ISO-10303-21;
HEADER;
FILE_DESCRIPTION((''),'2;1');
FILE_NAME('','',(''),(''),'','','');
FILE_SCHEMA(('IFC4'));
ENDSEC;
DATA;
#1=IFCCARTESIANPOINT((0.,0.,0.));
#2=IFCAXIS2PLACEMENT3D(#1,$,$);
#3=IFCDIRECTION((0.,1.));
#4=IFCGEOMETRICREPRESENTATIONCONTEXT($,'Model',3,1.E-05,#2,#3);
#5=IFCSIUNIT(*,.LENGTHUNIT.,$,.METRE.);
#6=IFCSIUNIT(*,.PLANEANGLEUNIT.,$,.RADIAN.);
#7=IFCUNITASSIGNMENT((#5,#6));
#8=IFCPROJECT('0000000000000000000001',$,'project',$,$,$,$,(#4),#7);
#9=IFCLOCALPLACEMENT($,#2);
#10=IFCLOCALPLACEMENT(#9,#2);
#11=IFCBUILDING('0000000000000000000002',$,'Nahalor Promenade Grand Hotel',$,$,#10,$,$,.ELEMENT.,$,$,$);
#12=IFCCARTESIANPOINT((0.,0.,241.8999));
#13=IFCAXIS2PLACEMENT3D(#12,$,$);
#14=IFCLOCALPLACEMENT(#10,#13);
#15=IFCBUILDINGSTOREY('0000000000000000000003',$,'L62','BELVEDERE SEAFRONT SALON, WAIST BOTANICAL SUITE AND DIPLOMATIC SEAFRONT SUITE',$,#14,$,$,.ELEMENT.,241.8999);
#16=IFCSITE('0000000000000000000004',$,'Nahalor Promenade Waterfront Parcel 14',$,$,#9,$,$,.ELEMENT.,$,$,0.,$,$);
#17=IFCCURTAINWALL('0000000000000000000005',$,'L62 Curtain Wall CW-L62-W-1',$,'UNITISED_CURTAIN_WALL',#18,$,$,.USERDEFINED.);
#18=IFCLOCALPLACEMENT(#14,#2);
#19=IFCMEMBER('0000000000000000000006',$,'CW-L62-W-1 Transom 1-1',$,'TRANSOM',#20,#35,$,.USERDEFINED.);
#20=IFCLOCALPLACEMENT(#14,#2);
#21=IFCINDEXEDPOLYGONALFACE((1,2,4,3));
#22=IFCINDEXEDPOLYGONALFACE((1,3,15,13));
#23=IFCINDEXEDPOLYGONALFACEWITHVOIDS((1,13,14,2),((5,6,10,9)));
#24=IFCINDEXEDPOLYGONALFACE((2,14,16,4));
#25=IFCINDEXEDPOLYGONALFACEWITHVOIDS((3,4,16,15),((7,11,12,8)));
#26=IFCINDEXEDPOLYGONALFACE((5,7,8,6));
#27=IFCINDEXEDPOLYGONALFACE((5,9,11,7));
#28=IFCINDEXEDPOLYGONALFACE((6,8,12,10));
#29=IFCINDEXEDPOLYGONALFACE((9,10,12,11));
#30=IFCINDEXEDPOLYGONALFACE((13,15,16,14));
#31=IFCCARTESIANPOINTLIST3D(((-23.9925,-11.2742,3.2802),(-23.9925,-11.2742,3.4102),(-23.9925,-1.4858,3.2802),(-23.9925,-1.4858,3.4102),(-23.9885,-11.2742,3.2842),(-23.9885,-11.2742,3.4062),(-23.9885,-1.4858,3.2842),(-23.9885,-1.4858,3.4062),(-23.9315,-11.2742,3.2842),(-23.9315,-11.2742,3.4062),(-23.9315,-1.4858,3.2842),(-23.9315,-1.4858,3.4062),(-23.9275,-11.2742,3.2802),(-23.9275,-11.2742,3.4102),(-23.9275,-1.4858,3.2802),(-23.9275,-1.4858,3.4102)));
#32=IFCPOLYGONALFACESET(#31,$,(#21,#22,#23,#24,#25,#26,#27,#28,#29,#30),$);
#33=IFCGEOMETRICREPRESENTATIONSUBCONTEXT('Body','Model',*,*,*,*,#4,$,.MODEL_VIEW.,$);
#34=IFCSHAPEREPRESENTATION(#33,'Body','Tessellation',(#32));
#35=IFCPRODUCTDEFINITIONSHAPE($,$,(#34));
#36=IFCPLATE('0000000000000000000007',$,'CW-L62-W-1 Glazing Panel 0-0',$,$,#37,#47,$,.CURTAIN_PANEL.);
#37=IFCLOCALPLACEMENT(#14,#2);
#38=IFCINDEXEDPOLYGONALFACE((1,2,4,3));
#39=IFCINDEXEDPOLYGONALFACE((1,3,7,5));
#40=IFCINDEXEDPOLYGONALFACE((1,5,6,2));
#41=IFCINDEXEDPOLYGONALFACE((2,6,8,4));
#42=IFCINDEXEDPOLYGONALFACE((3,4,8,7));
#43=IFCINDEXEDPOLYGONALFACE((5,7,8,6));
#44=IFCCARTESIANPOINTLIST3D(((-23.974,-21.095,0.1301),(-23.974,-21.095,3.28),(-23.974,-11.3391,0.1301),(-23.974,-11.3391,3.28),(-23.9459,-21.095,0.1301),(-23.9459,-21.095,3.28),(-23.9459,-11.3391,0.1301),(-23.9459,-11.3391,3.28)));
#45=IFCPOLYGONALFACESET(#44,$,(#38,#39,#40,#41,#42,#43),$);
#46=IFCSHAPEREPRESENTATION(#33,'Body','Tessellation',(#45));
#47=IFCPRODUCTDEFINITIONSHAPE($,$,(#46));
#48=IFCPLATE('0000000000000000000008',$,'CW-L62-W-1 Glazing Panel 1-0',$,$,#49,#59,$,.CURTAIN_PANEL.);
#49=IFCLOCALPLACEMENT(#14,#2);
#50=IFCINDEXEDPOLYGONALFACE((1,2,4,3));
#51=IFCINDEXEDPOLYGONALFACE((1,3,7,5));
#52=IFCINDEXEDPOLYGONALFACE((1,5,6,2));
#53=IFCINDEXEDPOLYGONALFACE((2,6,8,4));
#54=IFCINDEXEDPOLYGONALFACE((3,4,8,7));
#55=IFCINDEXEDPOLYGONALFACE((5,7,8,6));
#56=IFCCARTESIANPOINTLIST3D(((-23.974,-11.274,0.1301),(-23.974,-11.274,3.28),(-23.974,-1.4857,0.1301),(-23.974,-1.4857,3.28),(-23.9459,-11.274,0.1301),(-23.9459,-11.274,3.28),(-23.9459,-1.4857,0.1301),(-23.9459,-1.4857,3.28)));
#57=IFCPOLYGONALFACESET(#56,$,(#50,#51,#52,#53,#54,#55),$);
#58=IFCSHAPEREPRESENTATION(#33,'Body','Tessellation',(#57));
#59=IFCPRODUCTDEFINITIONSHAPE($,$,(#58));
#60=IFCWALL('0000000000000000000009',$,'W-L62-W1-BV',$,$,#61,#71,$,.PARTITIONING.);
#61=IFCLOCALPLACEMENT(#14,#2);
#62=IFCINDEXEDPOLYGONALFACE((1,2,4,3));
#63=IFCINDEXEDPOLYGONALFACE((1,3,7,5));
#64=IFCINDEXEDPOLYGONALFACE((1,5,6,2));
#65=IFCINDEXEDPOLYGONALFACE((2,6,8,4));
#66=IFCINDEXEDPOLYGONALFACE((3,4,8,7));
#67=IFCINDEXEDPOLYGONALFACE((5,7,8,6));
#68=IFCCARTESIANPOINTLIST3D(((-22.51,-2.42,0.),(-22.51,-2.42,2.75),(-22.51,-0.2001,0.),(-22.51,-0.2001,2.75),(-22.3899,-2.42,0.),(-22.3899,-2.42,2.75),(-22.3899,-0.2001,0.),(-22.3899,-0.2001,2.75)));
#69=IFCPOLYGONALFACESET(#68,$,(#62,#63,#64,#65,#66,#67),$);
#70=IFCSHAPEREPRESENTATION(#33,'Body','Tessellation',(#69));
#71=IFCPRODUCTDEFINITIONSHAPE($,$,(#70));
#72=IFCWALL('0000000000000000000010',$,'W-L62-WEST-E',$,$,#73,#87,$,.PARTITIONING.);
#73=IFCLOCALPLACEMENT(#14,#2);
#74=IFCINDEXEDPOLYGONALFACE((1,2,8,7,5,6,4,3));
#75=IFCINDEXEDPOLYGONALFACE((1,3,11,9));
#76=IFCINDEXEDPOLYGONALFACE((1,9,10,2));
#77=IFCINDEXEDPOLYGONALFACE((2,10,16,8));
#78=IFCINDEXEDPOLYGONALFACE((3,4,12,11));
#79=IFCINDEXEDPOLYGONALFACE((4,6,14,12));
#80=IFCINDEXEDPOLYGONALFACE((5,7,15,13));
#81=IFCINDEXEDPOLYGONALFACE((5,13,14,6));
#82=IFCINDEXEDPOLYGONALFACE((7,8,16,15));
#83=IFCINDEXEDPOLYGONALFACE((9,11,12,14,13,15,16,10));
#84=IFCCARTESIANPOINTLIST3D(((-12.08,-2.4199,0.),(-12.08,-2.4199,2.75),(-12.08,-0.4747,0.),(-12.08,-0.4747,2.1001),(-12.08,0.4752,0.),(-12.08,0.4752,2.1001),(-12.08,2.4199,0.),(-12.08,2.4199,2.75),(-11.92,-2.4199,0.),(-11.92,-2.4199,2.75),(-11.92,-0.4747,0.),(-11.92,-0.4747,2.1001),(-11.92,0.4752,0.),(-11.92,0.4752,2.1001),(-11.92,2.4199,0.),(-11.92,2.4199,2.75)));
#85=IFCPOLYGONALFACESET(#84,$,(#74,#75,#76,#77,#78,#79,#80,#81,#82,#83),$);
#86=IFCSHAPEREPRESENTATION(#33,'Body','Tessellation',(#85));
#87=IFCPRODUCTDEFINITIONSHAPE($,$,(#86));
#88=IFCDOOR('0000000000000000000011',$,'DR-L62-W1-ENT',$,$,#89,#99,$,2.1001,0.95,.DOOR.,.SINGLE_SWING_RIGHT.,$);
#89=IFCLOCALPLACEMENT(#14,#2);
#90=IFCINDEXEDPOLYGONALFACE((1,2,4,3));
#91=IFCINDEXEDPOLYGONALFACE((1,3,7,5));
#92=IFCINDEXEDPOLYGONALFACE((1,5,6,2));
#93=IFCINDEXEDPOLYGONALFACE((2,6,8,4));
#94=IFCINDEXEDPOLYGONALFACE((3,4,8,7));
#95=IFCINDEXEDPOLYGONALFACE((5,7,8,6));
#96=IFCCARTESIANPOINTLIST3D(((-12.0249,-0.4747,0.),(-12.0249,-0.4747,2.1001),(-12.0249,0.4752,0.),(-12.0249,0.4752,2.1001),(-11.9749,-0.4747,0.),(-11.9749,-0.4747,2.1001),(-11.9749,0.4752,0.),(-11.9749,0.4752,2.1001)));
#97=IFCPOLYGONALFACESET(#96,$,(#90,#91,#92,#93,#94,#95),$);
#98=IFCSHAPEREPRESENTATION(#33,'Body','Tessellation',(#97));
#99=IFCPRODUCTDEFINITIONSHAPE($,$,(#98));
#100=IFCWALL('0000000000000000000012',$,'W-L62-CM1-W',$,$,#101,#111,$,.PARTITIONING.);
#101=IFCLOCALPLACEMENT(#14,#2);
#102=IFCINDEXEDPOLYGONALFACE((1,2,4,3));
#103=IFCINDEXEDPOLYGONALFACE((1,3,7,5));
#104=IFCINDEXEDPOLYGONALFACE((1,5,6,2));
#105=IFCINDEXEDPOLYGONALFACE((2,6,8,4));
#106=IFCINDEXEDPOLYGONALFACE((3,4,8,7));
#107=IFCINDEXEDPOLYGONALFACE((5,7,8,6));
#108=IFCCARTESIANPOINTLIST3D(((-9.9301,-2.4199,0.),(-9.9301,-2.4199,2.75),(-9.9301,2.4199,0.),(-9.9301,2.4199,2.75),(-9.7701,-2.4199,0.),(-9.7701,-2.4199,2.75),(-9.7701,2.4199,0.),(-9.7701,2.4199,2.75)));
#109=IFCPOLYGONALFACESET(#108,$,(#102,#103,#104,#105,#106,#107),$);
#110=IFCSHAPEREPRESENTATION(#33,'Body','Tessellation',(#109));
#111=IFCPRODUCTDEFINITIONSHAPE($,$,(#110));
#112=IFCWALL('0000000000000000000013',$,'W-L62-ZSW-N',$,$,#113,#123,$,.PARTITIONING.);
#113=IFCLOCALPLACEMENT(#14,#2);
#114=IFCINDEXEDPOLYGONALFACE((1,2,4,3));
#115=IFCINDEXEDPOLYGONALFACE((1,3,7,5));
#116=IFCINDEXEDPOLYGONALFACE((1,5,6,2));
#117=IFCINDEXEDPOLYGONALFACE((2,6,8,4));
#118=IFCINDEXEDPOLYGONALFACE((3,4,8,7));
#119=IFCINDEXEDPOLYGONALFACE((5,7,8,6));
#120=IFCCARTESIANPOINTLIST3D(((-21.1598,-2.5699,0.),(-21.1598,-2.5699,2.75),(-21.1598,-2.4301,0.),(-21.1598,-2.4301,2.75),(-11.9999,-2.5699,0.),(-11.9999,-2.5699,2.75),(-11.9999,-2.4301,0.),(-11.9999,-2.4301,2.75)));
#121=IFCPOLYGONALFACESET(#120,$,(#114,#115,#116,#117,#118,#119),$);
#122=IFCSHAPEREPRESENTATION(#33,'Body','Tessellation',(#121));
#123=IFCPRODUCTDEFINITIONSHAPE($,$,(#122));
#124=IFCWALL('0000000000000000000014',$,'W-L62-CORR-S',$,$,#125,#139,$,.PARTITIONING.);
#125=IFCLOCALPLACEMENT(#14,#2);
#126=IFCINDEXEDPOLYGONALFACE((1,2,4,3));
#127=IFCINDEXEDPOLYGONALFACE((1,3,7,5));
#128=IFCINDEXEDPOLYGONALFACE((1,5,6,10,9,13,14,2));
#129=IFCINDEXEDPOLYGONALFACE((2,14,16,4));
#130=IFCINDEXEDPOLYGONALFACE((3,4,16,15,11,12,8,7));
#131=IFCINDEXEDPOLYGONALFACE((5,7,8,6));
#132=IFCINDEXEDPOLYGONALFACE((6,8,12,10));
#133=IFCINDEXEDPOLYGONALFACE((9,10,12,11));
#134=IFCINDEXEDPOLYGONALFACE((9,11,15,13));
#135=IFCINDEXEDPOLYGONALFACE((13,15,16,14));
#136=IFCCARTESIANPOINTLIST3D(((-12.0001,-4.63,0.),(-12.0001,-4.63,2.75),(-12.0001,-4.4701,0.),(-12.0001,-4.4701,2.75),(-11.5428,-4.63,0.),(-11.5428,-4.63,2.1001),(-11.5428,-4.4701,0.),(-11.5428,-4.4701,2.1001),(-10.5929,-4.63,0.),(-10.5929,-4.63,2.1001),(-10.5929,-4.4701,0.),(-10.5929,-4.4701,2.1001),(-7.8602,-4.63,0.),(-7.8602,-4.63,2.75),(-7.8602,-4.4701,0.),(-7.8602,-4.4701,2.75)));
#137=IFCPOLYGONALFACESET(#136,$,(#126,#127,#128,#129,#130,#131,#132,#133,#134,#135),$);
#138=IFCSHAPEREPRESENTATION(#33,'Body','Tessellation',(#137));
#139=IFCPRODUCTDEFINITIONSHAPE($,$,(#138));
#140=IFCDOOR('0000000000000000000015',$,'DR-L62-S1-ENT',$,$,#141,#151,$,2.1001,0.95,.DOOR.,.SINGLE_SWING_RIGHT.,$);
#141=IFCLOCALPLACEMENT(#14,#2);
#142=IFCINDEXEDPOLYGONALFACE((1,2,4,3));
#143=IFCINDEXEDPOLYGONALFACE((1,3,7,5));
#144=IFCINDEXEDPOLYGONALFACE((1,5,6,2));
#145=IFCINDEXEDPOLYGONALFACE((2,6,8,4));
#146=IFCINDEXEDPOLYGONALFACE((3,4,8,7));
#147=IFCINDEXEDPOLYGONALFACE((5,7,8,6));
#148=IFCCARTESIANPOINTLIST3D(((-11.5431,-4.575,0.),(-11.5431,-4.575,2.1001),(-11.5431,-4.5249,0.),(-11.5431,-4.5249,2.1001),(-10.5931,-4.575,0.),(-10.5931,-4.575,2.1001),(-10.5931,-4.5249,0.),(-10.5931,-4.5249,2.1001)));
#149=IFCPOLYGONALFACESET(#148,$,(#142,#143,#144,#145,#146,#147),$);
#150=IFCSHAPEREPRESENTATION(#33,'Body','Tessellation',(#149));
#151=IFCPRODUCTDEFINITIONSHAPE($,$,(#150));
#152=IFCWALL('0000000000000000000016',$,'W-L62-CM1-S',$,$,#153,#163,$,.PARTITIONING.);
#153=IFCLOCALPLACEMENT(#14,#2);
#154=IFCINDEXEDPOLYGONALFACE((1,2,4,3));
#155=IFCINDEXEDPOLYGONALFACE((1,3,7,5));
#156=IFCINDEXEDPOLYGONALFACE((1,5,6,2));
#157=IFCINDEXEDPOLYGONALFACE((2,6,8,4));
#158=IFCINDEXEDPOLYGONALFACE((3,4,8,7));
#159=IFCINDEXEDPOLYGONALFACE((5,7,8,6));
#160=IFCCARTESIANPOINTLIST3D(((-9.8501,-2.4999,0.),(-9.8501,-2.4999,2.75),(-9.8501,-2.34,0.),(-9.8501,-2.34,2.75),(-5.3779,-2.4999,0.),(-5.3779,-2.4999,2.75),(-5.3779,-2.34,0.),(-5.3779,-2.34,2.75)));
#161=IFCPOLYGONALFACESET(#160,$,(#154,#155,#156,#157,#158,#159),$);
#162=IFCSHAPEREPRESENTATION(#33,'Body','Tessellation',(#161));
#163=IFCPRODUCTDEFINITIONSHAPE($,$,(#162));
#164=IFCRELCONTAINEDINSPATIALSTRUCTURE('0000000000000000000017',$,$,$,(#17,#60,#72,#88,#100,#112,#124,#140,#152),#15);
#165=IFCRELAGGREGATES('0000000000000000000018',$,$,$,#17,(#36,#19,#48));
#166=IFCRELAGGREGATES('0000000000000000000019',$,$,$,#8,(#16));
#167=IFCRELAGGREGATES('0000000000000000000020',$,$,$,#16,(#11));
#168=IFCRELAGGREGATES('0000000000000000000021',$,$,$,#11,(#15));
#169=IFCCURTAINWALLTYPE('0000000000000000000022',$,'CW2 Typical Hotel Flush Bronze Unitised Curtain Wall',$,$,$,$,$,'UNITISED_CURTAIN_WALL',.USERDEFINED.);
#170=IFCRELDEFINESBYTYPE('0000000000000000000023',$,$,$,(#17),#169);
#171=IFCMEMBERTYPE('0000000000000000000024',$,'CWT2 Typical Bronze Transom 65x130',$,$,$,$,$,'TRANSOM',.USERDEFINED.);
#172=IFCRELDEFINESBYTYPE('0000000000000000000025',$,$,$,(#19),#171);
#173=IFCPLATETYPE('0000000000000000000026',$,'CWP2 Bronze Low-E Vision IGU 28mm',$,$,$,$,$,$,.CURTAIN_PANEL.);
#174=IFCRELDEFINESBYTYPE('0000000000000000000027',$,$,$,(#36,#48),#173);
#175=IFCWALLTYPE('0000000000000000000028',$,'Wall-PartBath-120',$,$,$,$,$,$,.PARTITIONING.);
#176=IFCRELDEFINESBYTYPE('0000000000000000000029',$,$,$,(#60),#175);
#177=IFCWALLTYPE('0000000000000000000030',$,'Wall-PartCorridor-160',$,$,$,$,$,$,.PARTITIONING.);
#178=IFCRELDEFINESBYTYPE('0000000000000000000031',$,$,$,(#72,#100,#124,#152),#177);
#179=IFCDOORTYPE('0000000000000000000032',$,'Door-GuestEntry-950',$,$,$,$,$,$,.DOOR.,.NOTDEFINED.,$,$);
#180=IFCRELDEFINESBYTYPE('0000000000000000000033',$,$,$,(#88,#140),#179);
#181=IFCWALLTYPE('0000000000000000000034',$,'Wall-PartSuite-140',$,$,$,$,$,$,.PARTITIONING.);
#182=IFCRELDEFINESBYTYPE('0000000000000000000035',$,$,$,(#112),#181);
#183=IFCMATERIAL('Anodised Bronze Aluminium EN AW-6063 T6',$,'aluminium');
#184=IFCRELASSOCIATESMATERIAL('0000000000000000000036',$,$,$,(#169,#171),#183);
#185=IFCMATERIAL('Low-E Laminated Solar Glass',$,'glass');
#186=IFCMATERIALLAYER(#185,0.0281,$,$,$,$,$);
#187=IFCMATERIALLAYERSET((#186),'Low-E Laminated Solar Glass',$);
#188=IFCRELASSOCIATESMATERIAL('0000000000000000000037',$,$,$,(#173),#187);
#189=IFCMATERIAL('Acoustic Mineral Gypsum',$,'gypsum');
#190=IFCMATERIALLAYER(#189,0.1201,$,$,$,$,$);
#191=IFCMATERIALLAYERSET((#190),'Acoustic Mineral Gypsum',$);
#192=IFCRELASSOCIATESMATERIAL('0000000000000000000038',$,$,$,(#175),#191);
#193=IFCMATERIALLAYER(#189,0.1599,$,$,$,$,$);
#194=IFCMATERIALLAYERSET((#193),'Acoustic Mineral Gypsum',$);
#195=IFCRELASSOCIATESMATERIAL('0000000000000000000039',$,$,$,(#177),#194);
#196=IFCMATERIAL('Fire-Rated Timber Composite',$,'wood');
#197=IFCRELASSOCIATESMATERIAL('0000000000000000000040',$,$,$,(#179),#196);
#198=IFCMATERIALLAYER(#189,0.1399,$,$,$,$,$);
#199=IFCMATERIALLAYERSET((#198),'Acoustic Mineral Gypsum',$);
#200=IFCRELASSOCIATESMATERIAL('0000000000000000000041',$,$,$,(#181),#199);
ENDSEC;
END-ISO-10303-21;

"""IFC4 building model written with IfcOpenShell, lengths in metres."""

from ifc_helpers import new_model, si_unit, direction, frame, frame_2d, origin, origin_2d, place, context, subcontext, project, spatial, rectangle, hollow_rectangle, extrude, source, transform, mapped, material, layer, layer_set, material_profile, profile_set, type_object, element, fill, aggregate, save


model = new_model("IFC4")

# Units and contexts
model_context = context("Model", 3, precision=1e-05, world=origin(), true_north=direction((0.0, 1.0)))
body_context = subcontext(model_context, "Body", "Model", "MODEL_VIEW")
ifc_project = project(units=[si_unit("LENGTHUNIT", "METRE"), si_unit("PLANEANGLEUNIT", "RADIAN")], contexts=[model_context])

# Site, building, storey
site_placement = place(None, origin())
site = spatial("IfcSite", under=ifc_project, at=site_placement, Name="Nahalor Promenade Waterfront Parcel 14", CompositionType="ELEMENT", RefElevation=0.0)
building_placement = place(site_placement, origin())
building = spatial("IfcBuilding", under=site, at=building_placement, Name="Nahalor Promenade Grand Hotel", CompositionType="ELEMENT")
storey_placement = place(building_placement, frame((0.0, 0.0, 241.8999)))
storey = spatial("IfcBuildingStorey", under=building, at=storey_placement, Name="L62", Description="BELVEDERE SEAFRONT SALON, WAIST BOTANICAL SUITE AND DIPLOMATIC SEAFRONT SUITE", CompositionType="ELEMENT", Elevation=241.8999)

# Curtain wall, member, plates
ifc_material_1 = material(Name="Anodised Bronze Aluminium EN AW-6063 T6", Category="aluminium")
curtain_wall_type = type_object("IfcCurtainWallType", Name="CW2 Typical Hotel Flush Bronze Unitised Curtain Wall", ElementType="UNITISED_CURTAIN_WALL", PredefinedType="USERDEFINED", material=ifc_material_1)
curtain_wall_placement = place(storey_placement, origin())
curtain_wall = element("IfcCurtainWall", 1, at=curtain_wall_placement, inside=storey, type_object=curtain_wall_type, Name="L62 Curtain Wall CW-L62-W-1", ObjectType="UNITISED_CURTAIN_WALL", PredefinedType="USERDEFINED")
ifc_material_profile_1 = material_profile(ifc_material_1, hollow_rectangle(XDim=0.065, YDim=0.13, WallThickness=0.004, at=origin_2d()), Name="CWT 65x130x4")
ifc_profile_set_1 = profile_set([ifc_material_profile_1], Name="Anodised Bronze Aluminium EN AW-6063 T6")
member_type_1 = type_object("IfcMemberType", Name="CWT2 Typical Bronze Transom 65x130", ElementType="TRANSOM", PredefinedType="USERDEFINED", material=ifc_profile_set_1)
shared_shape_1 = source(origin(), body_context, "Body", "SweptSolid", [
    extrude(hollow_rectangle(XDim=0.065, YDim=0.13, WallThickness=0.004, at=origin_2d()), origin(), (0.0, 0.0, 1.0), 9.7883),
])
member_1_placement = place(storey_placement, frame((-23.96, -11.2742, 3.3452), z_axis=(0.0, 1.0, 0.0), x_axis=(-1.0, 0.0, 0.0)))
member_1 = element("IfcMember", 2, at=member_1_placement, type_object=member_type_1, Name="CW-L62-W-1 Transom 1-1", ObjectType="TRANSOM", PredefinedType="USERDEFINED", context=body_context, shape_type="MappedRepresentation", body=[
    mapped(shared_shape_1, transform((0.0, 0.0, 0.0), scale=1.0)),
])
ifc_material_2 = material(Name="Low-E Laminated Solar Glass", Category="glass")
ifc_layer_1 = layer(ifc_material_2, 0.0281)
ifc_layer_set_1 = layer_set([ifc_layer_1], Name="Low-E Laminated Solar Glass")
plate_type = type_object("IfcPlateType", Name="CWP2 Bronze Low-E Vision IGU 28mm", PredefinedType="CURTAIN_PANEL", material=ifc_layer_set_1)
shared_shape_2 = source(origin(), body_context, "Body", "SweptSolid", [
    extrude(rectangle(XDim=9.7559, YDim=0.0281, at=origin_2d()), origin(), (0.0, 0.0, 1.0), 3.1499),
])
plate_1_placement = place(storey_placement, frame((-23.96, -16.217, 0.1301), z_axis=(0.0, 0.0, 1.0), x_axis=(0.0, 1.0, 0.0)))
plate_1 = element("IfcPlate", 3, at=plate_1_placement, type_object=plate_type, Name="CW-L62-W-1 Glazing Panel 0-0", PredefinedType="CURTAIN_PANEL", context=body_context, shape_type="MappedRepresentation", body=[
    mapped(shared_shape_2, transform((0.0, 0.0, 0.0), scale=1.0)),
])
shared_shape_3 = source(origin(), body_context, "Body", "SweptSolid", [
    extrude(rectangle(XDim=9.7883, YDim=0.0281, at=origin_2d()), origin(), (0.0, 0.0, 1.0), 3.1499),
])
plate_2_placement = place(storey_placement, frame((-23.96, -6.3799, 0.1301), z_axis=(0.0, 0.0, 1.0), x_axis=(0.0, 1.0, 0.0)))
plate_2 = element("IfcPlate", 4, at=plate_2_placement, type_object=plate_type, Name="CW-L62-W-1 Glazing Panel 1-0", PredefinedType="CURTAIN_PANEL", context=body_context, shape_type="MappedRepresentation", body=[
    mapped(shared_shape_3, transform((0.0, 0.0, 0.0), scale=1.0)),
])
aggregate(curtain_wall, [plate_1, member_1, plate_2])

# Wall
ifc_material_3 = material(Name="Acoustic Mineral Gypsum", Category="gypsum")
ifc_layer_2 = layer(ifc_material_3, 0.1201)
ifc_layer_set_2 = layer_set([ifc_layer_2], Name="Acoustic Mineral Gypsum")
wall_type_1 = type_object("IfcWallType", Name="Wall-PartBath-120", PredefinedType="PARTITIONING", material=ifc_layer_set_2)
shared_shape_4 = source(origin(), body_context, "Body", "SweptSolid", [
    extrude(rectangle(XDim=2.22, YDim=0.1201, at=frame_2d((1.1099, 0.0))), origin(), (0.0, 0.0, 1.0), 2.75),
])
wall_1_placement = place(storey_placement, frame((-22.45, -2.4199, 0.0), z_axis=(0.0, 0.0, 1.0), x_axis=(0.0, 1.0, 0.0)))
element("IfcWall", 5, at=wall_1_placement, inside=storey, type_object=wall_type_1, Name="W-L62-W1-BV", PredefinedType="PARTITIONING", context=body_context, shape_type="MappedRepresentation", body=[
    mapped(shared_shape_4, transform((0.0, 0.0, 0.0), scale=1.0)),
])

# Wall, opening, door
ifc_layer_3 = layer(ifc_material_3, 0.1599)
ifc_layer_set_3 = layer_set([ifc_layer_3], Name="Acoustic Mineral Gypsum")
wall_type_2 = type_object("IfcWallType", Name="Wall-PartCorridor-160", PredefinedType="PARTITIONING", material=ifc_layer_set_3)
shared_shape_5 = source(origin(), body_context, "Body", "SweptSolid", [
    extrude(rectangle(XDim=4.8398, YDim=0.1599, at=frame_2d((2.4199, 0.0))), origin(), (0.0, 0.0, 1.0), 2.75),
])
wall_2_placement = place(storey_placement, frame((-12.0, -2.4199, 0.0), z_axis=(0.0, 0.0, 1.0), x_axis=(0.0, 1.0, 0.0)))
wall_2 = element("IfcWall", 6, at=wall_2_placement, inside=storey, type_object=wall_type_2, Name="W-L62-WEST-E", PredefinedType="PARTITIONING", context=body_context, shape_type="MappedRepresentation", body=[
    mapped(shared_shape_5, transform((0.0, 0.0, 0.0), scale=1.0)),
])
opening_1_placement = place(wall_2_placement, frame((1.9451, 0.0, 0.0)))
opening_1 = element("IfcOpeningElement", 7, at=opening_1_placement, cuts=wall_2, PredefinedType="OPENING", context=body_context, shape_type="SweptSolid", body=[
    extrude(rectangle(XDim=0.95, YDim=2.1001, at=frame_2d((0.4751, 1.05))), frame((0.0, 0.0898, 0.0), z_axis=(0.0, -1.0, 0.0), x_axis=(1.0, 0.0, 0.0)), (0.0, 0.0, 1.0), 0.1799),
])
ifc_material_4 = material(Name="Fire-Rated Timber Composite", Category="wood")
door_type = type_object("IfcDoorType", Name="Door-GuestEntry-950", OperationType="NOTDEFINED", PredefinedType="DOOR", material=ifc_material_4)
shared_shape_6 = source(origin(), body_context, "Body", "SweptSolid", [
    extrude(rectangle(XDim=0.95, YDim=2.1001, at=frame_2d((0.4751, 1.05))), frame((0.0, 0.0249, 0.0), z_axis=(0.0, -1.0, 0.0), x_axis=(1.0, 0.0, 0.0)), (0.0, 0.0, 1.0), 0.05),
])
door_1_placement = place(opening_1_placement, origin())
door_1 = element("IfcDoor", 8, at=door_1_placement, inside=storey, type_object=door_type, Name="DR-L62-W1-ENT", OperationType="SINGLE_SWING_RIGHT", OverallHeight=2.1001, OverallWidth=0.95, PredefinedType="DOOR", context=body_context, shape_type="MappedRepresentation", body=[
    mapped(shared_shape_6, transform((0.0, 0.0, 0.0), scale=1.0)),
])
fill(opening_1, door_1)

# Walls
wall_3_placement = place(storey_placement, frame((-9.8501, -2.4199, 0.0), z_axis=(0.0, 0.0, 1.0), x_axis=(0.0, 1.0, 0.0)))
element("IfcWall", 9, at=wall_3_placement, inside=storey, type_object=wall_type_2, Name="W-L62-CM1-W", PredefinedType="PARTITIONING", context=body_context, shape_type="MappedRepresentation", body=[
    mapped(shared_shape_5, transform((0.0, 0.0, 0.0), scale=1.0)),
])
ifc_layer_4 = layer(ifc_material_3, 0.1399)
ifc_layer_set_4 = layer_set([ifc_layer_4], Name="Acoustic Mineral Gypsum")
wall_type_3 = type_object("IfcWallType", Name="Wall-PartSuite-140", PredefinedType="PARTITIONING", material=ifc_layer_set_4)
shared_shape_7 = source(origin(), body_context, "Body", "SweptSolid", [
    extrude(rectangle(XDim=9.1599, YDim=0.1399, at=frame_2d((4.5801, 0.0))), origin(), (0.0, 0.0, 1.0), 2.75),
])
wall_4_placement = place(storey_placement, frame((-21.1599, -2.5, 0.0), z_axis=(0.0, 0.0, 1.0), x_axis=(1.0, 0.0, 0.0)))
element("IfcWall", 10, at=wall_4_placement, inside=storey, type_object=wall_type_3, Name="W-L62-ZSW-N", PredefinedType="PARTITIONING", context=body_context, shape_type="MappedRepresentation", body=[
    mapped(shared_shape_7, transform((0.0, 0.0, 0.0), scale=1.0)),
])

# Wall, opening, door
shared_shape_8 = source(origin(), body_context, "Body", "SweptSolid", [
    extrude(rectangle(XDim=4.1399, YDim=0.1599, at=frame_2d((2.0698, 0.0))), origin(), (0.0, 0.0, 1.0), 2.75),
])
wall_5_placement = place(storey_placement, frame((-12.0, -4.55, 0.0), z_axis=(0.0, 0.0, 1.0), x_axis=(1.0, 0.0, 0.0)))
wall_5 = element("IfcWall", 11, at=wall_5_placement, inside=storey, type_object=wall_type_2, Name="W-L62-CORR-S", PredefinedType="PARTITIONING", context=body_context, shape_type="MappedRepresentation", body=[
    mapped(shared_shape_8, transform((0.0, 0.0, 0.0), scale=1.0)),
])
opening_2_placement = place(wall_5_placement, frame((0.457, 0.0, 0.0)))
opening_2 = element("IfcOpeningElement", 12, at=opening_2_placement, cuts=wall_5, PredefinedType="OPENING", context=body_context, shape_type="SweptSolid", body=[
    extrude(rectangle(XDim=0.95, YDim=2.1001, at=frame_2d((0.4751, 1.05))), frame((0.0, 0.0898, 0.0), z_axis=(0.0, -1.0, 0.0), x_axis=(1.0, 0.0, 0.0)), (0.0, 0.0, 1.0), 0.1799),
])
door_2_placement = place(opening_2_placement, frame((0.95, 0.0, 0.0), z_axis=(0.0, 0.0, 1.0), x_axis=(-1.0, 0.0, 0.0)))
door_2 = element("IfcDoor", 13, at=door_2_placement, inside=storey, type_object=door_type, Name="DR-L62-S1-ENT", OperationType="SINGLE_SWING_RIGHT", OverallHeight=2.1001, OverallWidth=0.95, PredefinedType="DOOR", context=body_context, shape_type="MappedRepresentation", body=[
    mapped(shared_shape_6, transform((0.0, 0.0, 0.0), scale=1.0)),
])
fill(opening_2, door_2)

# Wall
shared_shape_9 = source(origin(), body_context, "Body", "SweptSolid", [
    extrude(rectangle(XDim=4.4722, YDim=0.1599, at=frame_2d((2.2361, 0.0))), origin(), (0.0, 0.0, 1.0), 2.75),
])
wall_6_placement = place(storey_placement, frame((-9.8501, -2.4199, 0.0), z_axis=(0.0, 0.0, 1.0), x_axis=(1.0, 0.0, 0.0)))
element("IfcWall", 14, at=wall_6_placement, inside=storey, type_object=wall_type_2, Name="W-L62-CM1-S", PredefinedType="PARTITIONING", context=body_context, shape_type="MappedRepresentation", body=[
    mapped(shared_shape_9, transform((0.0, 0.0, 0.0), scale=1.0)),
])

save(model, "model.ifc")
